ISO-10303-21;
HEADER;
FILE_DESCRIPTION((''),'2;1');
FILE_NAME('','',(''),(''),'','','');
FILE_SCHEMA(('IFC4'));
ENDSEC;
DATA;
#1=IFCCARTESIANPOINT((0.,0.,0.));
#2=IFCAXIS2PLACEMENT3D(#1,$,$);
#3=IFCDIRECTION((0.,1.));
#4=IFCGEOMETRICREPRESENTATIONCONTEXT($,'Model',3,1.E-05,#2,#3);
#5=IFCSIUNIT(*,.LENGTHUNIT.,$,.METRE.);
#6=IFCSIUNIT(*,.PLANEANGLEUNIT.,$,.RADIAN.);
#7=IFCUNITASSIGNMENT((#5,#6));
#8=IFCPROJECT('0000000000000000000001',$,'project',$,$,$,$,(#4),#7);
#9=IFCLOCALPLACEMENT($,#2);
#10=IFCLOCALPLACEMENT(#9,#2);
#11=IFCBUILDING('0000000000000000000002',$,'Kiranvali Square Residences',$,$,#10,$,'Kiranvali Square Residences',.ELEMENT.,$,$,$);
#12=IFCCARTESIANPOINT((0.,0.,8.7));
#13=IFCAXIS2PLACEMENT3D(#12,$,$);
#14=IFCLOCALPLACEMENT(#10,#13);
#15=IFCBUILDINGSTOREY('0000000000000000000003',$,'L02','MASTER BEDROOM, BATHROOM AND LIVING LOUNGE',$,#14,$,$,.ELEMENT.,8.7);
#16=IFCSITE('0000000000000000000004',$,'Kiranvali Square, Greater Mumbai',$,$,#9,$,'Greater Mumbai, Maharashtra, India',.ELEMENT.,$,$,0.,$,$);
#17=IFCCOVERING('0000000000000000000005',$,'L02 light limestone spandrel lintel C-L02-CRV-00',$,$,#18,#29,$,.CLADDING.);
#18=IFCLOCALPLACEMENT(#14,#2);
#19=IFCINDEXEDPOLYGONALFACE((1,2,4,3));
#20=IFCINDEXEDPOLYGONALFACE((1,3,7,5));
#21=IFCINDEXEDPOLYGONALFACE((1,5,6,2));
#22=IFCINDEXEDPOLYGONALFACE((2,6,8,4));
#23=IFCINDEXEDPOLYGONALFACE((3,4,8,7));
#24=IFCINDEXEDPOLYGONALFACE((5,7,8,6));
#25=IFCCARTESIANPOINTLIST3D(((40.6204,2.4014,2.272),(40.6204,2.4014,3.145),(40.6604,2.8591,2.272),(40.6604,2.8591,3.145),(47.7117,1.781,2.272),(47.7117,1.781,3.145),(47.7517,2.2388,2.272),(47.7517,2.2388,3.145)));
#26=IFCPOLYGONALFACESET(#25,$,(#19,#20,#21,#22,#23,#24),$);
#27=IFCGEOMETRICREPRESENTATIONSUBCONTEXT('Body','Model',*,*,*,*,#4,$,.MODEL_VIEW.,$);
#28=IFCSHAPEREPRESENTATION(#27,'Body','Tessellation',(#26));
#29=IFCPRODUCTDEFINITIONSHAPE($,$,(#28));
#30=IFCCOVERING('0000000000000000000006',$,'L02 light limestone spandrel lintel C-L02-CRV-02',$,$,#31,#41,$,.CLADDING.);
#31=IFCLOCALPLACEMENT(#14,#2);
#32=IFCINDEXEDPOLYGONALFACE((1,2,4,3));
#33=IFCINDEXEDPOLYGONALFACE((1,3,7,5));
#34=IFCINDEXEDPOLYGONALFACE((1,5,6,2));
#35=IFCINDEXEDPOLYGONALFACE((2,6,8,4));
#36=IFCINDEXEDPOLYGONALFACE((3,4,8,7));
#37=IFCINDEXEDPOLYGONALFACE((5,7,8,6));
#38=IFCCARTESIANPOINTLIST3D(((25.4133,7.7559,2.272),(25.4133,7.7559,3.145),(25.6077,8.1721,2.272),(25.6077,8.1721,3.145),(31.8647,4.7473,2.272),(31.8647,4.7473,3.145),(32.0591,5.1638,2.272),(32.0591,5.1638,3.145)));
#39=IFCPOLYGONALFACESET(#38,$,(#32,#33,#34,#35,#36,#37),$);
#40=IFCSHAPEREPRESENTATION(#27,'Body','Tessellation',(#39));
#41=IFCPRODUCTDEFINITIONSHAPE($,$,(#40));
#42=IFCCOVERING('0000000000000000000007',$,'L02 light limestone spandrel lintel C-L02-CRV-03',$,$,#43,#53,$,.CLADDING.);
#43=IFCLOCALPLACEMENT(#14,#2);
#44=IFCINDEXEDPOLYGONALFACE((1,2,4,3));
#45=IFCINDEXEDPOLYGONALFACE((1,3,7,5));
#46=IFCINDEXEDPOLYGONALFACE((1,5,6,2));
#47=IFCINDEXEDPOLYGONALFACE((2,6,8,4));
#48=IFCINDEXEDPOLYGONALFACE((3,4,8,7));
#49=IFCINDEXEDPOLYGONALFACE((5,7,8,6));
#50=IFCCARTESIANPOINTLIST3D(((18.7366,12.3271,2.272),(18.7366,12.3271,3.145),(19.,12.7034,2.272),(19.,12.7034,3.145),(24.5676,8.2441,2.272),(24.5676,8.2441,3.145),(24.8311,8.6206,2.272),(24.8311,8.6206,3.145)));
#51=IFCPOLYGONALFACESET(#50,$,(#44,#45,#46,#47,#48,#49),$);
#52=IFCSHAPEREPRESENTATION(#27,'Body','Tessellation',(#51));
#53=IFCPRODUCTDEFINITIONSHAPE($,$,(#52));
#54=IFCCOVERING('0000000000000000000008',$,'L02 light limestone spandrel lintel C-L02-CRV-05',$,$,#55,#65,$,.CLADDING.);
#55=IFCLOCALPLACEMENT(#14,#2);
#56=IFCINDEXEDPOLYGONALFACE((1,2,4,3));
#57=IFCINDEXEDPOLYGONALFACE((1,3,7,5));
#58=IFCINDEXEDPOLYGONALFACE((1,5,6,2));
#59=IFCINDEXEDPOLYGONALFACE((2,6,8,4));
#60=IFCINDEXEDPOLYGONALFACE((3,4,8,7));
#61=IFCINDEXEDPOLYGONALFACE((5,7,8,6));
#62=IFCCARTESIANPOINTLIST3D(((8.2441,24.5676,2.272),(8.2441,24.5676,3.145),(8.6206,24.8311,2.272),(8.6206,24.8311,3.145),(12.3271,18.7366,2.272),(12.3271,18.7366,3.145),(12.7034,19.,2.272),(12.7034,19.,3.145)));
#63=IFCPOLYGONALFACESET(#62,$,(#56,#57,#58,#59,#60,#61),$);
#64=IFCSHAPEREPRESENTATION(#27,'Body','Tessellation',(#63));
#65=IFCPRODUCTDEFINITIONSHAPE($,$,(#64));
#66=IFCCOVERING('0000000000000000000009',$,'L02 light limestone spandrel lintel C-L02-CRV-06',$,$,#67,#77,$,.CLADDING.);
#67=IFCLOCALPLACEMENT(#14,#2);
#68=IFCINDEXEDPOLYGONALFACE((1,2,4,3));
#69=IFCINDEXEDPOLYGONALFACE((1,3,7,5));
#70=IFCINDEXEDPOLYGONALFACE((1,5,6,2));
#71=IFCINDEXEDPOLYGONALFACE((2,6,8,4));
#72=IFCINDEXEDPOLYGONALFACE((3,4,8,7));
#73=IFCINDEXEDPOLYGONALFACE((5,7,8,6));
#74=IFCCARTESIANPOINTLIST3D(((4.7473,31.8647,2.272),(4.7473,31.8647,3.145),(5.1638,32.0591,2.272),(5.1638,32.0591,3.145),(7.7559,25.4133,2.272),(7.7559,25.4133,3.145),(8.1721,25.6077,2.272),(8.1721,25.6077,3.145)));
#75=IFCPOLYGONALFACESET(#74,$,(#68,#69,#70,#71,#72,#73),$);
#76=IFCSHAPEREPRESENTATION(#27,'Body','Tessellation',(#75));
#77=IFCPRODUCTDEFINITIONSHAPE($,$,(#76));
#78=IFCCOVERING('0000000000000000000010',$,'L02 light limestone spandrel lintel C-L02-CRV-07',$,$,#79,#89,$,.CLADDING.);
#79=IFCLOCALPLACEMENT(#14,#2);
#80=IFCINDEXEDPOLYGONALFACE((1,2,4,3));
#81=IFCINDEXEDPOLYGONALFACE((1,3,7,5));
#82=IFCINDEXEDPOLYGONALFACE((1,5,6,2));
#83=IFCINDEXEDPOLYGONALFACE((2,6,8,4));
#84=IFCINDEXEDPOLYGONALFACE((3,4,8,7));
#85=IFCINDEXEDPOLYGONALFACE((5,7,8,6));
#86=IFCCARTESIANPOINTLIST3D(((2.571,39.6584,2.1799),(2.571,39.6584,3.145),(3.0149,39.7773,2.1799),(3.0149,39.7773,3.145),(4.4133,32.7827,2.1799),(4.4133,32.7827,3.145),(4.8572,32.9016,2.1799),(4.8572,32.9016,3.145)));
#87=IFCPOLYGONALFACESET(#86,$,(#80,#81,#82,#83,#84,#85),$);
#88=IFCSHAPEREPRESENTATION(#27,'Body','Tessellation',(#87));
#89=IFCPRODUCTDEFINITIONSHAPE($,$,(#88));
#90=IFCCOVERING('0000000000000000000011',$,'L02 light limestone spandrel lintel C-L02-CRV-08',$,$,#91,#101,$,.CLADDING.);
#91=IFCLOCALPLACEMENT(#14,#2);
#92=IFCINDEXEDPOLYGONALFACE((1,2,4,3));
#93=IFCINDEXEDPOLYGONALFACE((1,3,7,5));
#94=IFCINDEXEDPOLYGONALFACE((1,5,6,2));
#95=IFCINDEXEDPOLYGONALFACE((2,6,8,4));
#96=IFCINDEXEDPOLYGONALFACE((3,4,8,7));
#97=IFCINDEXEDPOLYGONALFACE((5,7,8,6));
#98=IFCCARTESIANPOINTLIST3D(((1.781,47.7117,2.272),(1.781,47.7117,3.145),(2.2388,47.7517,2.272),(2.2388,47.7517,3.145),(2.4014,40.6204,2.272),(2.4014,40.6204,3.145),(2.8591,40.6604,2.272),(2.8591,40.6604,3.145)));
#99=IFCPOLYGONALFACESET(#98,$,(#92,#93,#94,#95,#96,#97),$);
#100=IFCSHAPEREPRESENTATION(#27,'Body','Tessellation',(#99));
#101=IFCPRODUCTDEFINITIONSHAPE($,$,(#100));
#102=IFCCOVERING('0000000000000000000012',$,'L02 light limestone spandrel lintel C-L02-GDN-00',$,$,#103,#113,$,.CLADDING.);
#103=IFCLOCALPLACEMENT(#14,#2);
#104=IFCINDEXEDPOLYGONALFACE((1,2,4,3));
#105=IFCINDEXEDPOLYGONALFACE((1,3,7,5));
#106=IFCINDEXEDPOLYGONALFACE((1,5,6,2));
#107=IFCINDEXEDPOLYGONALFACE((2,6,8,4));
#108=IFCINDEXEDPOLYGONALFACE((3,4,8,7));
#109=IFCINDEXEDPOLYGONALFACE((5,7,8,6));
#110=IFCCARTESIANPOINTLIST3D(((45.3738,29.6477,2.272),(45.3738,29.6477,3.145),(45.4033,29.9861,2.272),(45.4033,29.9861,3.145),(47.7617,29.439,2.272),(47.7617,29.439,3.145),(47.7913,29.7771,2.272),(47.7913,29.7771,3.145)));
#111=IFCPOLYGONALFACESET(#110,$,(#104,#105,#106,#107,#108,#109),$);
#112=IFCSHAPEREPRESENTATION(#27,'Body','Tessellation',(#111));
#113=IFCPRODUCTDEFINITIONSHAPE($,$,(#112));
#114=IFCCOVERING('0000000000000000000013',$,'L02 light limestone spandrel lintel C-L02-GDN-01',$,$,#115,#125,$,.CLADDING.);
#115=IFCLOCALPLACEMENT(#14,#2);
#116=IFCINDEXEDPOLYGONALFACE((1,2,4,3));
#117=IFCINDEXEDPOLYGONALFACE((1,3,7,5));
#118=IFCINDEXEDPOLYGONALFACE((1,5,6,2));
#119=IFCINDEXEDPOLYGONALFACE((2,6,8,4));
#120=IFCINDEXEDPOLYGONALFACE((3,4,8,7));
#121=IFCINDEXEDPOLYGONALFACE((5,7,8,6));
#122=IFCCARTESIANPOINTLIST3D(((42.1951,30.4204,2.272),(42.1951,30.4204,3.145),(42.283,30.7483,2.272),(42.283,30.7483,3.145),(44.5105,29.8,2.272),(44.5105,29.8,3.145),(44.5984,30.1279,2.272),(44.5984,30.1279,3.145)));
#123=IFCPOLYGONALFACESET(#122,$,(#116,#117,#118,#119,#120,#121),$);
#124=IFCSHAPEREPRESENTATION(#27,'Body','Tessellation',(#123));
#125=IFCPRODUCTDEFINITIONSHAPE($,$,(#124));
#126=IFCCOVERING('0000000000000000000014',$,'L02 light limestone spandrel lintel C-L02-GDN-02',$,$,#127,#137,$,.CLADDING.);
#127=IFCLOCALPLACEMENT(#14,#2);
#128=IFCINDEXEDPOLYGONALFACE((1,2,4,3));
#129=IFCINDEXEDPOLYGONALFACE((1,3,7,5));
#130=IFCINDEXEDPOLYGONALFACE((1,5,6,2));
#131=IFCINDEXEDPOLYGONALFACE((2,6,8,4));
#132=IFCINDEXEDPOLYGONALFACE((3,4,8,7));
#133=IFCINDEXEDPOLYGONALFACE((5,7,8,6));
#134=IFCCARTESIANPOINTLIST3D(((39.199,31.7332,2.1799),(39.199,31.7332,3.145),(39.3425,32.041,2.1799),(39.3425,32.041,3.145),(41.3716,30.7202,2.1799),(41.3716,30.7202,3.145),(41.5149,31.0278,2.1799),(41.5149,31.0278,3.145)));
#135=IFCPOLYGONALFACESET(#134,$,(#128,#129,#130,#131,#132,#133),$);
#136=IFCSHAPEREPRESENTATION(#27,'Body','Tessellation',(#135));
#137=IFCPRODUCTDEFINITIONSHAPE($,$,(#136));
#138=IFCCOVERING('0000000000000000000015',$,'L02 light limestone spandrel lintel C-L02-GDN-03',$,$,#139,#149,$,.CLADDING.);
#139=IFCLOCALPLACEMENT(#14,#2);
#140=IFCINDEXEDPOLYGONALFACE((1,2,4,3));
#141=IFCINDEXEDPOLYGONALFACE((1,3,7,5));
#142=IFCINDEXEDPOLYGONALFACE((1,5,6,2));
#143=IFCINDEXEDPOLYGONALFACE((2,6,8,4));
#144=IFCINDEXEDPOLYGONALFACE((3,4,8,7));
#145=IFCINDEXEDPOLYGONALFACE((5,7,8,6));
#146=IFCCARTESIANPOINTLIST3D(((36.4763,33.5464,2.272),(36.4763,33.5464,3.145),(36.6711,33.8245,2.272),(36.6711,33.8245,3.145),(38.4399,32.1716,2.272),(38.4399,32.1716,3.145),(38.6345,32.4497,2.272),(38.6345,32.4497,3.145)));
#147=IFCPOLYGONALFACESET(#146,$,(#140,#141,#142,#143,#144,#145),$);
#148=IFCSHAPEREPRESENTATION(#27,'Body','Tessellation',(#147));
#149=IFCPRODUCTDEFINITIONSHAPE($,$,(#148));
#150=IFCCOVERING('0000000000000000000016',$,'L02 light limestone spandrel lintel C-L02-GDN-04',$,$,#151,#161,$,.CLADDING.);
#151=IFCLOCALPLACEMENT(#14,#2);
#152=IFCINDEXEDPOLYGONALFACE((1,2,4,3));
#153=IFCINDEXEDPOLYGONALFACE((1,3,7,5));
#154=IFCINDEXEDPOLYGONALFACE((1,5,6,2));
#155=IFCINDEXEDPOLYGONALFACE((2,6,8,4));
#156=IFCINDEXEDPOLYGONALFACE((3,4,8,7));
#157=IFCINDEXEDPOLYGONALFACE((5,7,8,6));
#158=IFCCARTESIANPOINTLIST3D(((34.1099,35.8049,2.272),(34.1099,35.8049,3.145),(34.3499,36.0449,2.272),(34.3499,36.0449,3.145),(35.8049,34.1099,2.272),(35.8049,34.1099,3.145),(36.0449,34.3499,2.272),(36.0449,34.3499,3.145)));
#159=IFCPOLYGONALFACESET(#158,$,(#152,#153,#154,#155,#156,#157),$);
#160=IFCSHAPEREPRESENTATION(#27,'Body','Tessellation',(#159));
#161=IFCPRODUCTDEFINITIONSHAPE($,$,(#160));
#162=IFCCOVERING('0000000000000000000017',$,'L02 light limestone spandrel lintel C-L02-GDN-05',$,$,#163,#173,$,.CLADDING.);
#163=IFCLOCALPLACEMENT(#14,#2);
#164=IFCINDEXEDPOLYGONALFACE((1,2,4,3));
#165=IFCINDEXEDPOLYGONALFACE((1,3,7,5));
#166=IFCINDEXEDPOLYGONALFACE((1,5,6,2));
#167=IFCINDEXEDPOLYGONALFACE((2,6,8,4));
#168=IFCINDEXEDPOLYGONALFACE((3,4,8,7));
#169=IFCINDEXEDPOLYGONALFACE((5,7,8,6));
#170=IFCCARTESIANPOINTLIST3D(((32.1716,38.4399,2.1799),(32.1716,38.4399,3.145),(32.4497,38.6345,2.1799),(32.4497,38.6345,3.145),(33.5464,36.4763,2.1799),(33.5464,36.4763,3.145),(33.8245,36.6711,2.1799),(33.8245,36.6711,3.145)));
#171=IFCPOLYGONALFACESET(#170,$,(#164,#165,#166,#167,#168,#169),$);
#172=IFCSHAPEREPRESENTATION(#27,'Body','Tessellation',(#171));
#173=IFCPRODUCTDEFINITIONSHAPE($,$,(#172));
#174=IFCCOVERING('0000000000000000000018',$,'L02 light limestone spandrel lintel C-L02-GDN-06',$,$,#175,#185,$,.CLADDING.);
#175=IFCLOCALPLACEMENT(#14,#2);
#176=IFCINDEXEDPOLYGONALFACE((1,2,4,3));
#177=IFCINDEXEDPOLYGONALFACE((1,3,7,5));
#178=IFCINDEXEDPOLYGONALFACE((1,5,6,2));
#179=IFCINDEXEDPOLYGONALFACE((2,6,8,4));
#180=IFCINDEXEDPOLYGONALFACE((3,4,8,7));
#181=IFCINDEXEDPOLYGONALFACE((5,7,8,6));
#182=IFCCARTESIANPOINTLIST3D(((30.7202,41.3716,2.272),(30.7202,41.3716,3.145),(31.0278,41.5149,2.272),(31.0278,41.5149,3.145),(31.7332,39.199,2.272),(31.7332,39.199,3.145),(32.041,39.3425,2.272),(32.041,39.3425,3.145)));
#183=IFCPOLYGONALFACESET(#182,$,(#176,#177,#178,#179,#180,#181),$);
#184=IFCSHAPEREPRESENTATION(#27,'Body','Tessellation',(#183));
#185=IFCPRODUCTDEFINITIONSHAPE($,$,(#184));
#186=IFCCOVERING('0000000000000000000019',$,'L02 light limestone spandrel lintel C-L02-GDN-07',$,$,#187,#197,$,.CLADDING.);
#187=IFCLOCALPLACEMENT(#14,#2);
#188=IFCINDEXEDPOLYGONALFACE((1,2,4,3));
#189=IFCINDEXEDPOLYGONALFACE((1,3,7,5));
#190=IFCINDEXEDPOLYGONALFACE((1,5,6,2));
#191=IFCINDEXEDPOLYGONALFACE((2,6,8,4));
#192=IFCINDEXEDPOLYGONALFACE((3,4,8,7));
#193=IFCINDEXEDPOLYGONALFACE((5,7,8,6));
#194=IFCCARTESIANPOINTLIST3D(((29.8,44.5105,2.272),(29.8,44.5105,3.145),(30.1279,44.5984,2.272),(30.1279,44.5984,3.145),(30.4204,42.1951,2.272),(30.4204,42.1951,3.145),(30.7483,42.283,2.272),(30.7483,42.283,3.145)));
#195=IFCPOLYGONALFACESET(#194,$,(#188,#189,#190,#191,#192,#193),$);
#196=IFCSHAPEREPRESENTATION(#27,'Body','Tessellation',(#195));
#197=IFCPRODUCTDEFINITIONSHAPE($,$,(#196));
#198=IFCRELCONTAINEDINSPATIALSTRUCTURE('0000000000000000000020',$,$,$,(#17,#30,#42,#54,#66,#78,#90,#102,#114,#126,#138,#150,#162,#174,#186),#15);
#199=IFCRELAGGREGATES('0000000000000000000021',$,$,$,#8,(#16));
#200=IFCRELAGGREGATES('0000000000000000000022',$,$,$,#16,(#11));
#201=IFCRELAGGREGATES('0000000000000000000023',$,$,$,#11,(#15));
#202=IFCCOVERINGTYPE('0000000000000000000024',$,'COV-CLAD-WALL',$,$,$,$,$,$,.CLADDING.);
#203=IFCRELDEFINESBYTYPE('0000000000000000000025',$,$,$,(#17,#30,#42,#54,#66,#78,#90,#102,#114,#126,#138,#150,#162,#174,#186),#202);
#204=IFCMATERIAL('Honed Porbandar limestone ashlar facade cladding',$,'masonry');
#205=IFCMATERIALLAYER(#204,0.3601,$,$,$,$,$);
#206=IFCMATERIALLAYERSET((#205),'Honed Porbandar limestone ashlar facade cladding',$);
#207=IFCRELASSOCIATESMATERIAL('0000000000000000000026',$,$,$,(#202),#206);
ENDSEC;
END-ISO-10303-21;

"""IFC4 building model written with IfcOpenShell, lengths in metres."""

from ifc_helpers import new_model, si_unit, direction, frame, origin, place, context, subcontext, project, spatial, polyline, outline, extrude, material, layer, layer_set, type_object, element, save


model = new_model("IFC4")

# Units and contexts
model_context = context("Model", 3, precision=1e-05, world=origin(), true_north=direction((0.0, 1.0)))
body_context = subcontext(model_context, "Body", "Model", "MODEL_VIEW")
ifc_project = project(units=[si_unit("LENGTHUNIT", "METRE"), si_unit("PLANEANGLEUNIT", "RADIAN")], contexts=[model_context])

# Site, building, storey
site_placement = place(None, origin())
site = spatial("IfcSite", under=ifc_project, at=site_placement, Name="Kiranvali Square, Greater Mumbai", LongName="Greater Mumbai, Maharashtra, India", CompositionType="ELEMENT", RefElevation=0.0)
building_placement = place(site_placement, origin())
building = spatial("IfcBuilding", under=site, at=building_placement, Name="Kiranvali Square Residences", LongName="Kiranvali Square Residences", CompositionType="ELEMENT")
storey_placement = place(building_placement, frame((0.0, 0.0, 8.7)))
storey = spatial("IfcBuildingStorey", under=building, at=storey_placement, Name="L02", Description="MASTER BEDROOM, BATHROOM AND LIVING LOUNGE", CompositionType="ELEMENT", Elevation=8.7)

# Coverings
ifc_material = material(Name="Honed Porbandar limestone ashlar facade cladding", Category="masonry")
ifc_layer = layer(ifc_material, 0.3601)
ifc_layer_set = layer_set([ifc_layer], Name="Honed Porbandar limestone ashlar facade cladding")
covering_type = type_object("IfcCoveringType", Name="COV-CLAD-WALL", PredefinedType="CLADDING", material=ifc_layer_set)
covering_1_placement = place(storey_placement, frame((0.0, 0.0, 2.272)))
element("IfcCovering", 1, at=covering_1_placement, inside=storey, type_object=covering_type, Name="L02 light limestone spandrel lintel C-L02-CRV-00", PredefinedType="CLADDING", context=body_context, shape_type="SweptSolid", body=[
    extrude(outline(polyline([(47.7517, 2.2388), (40.6604, 2.8591), (40.6204, 2.4014), (47.7117, 1.781), (47.7517, 2.2388)])), origin(), (0.0, 0.0, 1.0), 0.873),
])
covering_2_placement = place(storey_placement, frame((0.0, 0.0, 2.272)))
element("IfcCovering", 2, at=covering_2_placement, inside=storey, type_object=covering_type, Name="L02 light limestone spandrel lintel C-L02-CRV-02", PredefinedType="CLADDING", context=body_context, shape_type="SweptSolid", body=[
    extrude(outline(polyline([(32.0591, 5.1638), (25.6077, 8.1721), (25.4133, 7.7559), (31.8647, 4.7473), (32.0591, 5.1638)])), origin(), (0.0, 0.0, 1.0), 0.873),
])
covering_3_placement = place(storey_placement, frame((0.0, 0.0, 2.272)))
element("IfcCovering", 3, at=covering_3_placement, inside=storey, type_object=covering_type, Name="L02 light limestone spandrel lintel C-L02-CRV-03", PredefinedType="CLADDING", context=body_context, shape_type="SweptSolid", body=[
    extrude(outline(polyline([(24.8311, 8.6206), (19.0, 12.7034), (18.7366, 12.3271), (24.5676, 8.2441), (24.8311, 8.6206)])), origin(), (0.0, 0.0, 1.0), 0.873),
])
covering_4_placement = place(storey_placement, frame((0.0, 0.0, 2.272)))
element("IfcCovering", 4, at=covering_4_placement, inside=storey, type_object=covering_type, Name="L02 light limestone spandrel lintel C-L02-CRV-05", PredefinedType="CLADDING", context=body_context, shape_type="SweptSolid", body=[
    extrude(outline(polyline([(12.7034, 19.0), (8.6206, 24.8311), (8.2441, 24.5676), (12.3271, 18.7366), (12.7034, 19.0)])), origin(), (0.0, 0.0, 1.0), 0.873),
])
covering_5_placement = place(storey_placement, frame((0.0, 0.0, 2.272)))
element("IfcCovering", 5, at=covering_5_placement, inside=storey, type_object=covering_type, Name="L02 light limestone spandrel lintel C-L02-CRV-06", PredefinedType="CLADDING", context=body_context, shape_type="SweptSolid", body=[
    extrude(outline(polyline([(8.1721, 25.6077), (5.1638, 32.0591), (4.7473, 31.8647), (7.7559, 25.4133), (8.1721, 25.6077)])), origin(), (0.0, 0.0, 1.0), 0.873),
])
covering_6_placement = place(storey_placement, frame((0.0, 0.0, 2.1799)))
element("IfcCovering", 6, at=covering_6_placement, inside=storey, type_object=covering_type, Name="L02 light limestone spandrel lintel C-L02-CRV-07", PredefinedType="CLADDING", context=body_context, shape_type="SweptSolid", body=[
    extrude(outline(polyline([(4.8572, 32.9016), (3.0149, 39.7773), (2.571, 39.6584), (4.4133, 32.7827), (4.8572, 32.9016)])), origin(), (0.0, 0.0, 1.0), 0.9651),
])
covering_7_placement = place(storey_placement, frame((0.0, 0.0, 2.272)))
element("IfcCovering", 7, at=covering_7_placement, inside=storey, type_object=covering_type, Name="L02 light limestone spandrel lintel C-L02-CRV-08", PredefinedType="CLADDING", context=body_context, shape_type="SweptSolid", body=[
    extrude(outline(polyline([(2.8591, 40.6604), (2.2388, 47.7517), (1.781, 47.7117), (2.4014, 40.6204), (2.8591, 40.6604)])), origin(), (0.0, 0.0, 1.0), 0.873),
])
covering_8_placement = place(storey_placement, frame((0.0, 0.0, 2.272)))
element("IfcCovering", 8, at=covering_8_placement, inside=storey, type_object=covering_type, Name="L02 light limestone spandrel lintel C-L02-GDN-00", PredefinedType="CLADDING", context=body_context, shape_type="SweptSolid", body=[
    extrude(outline(polyline([(47.7913, 29.7771), (45.4033, 29.9861), (45.3738, 29.6477), (47.7617, 29.439), (47.7913, 29.7771)])), origin(), (0.0, 0.0, 1.0), 0.873),
])
covering_9_placement = place(storey_placement, frame((0.0, 0.0, 2.272)))
element("IfcCovering", 9, at=covering_9_placement, inside=storey, type_object=covering_type, Name="L02 light limestone spandrel lintel C-L02-GDN-01", PredefinedType="CLADDING", context=body_context, shape_type="SweptSolid", body=[
    extrude(outline(polyline([(44.5984, 30.1279), (42.283, 30.7483), (42.1951, 30.4204), (44.5105, 29.8), (44.5984, 30.1279)])), origin(), (0.0, 0.0, 1.0), 0.873),
])
covering_10_placement = place(storey_placement, frame((0.0, 0.0, 2.1799)))
element("IfcCovering", 10, at=covering_10_placement, inside=storey, type_object=covering_type, Name="L02 light limestone spandrel lintel C-L02-GDN-02", PredefinedType="CLADDING", context=body_context, shape_type="SweptSolid", body=[
    extrude(outline(polyline([(41.5149, 31.0278), (39.3425, 32.041), (39.199, 31.7332), (41.3716, 30.7202), (41.5149, 31.0278)])), origin(), (0.0, 0.0, 1.0), 0.9651),
])
covering_11_placement = place(storey_placement, frame((0.0, 0.0, 2.272)))
element("IfcCovering", 11, at=covering_11_placement, inside=storey, type_object=covering_type, Name="L02 light limestone spandrel lintel C-L02-GDN-03", PredefinedType="CLADDING", context=body_context, shape_type="SweptSolid", body=[
    extrude(outline(polyline([(38.6345, 32.4497), (36.6711, 33.8245), (36.4763, 33.5464), (38.4399, 32.1716), (38.6345, 32.4497)])), origin(), (0.0, 0.0, 1.0), 0.873),
])
covering_12_placement = place(storey_placement, frame((0.0, 0.0, 2.272)))
element("IfcCovering", 12, at=covering_12_placement, inside=storey, type_object=covering_type, Name="L02 light limestone spandrel lintel C-L02-GDN-04", PredefinedType="CLADDING", context=body_context, shape_type="SweptSolid", body=[
    extrude(outline(polyline([(36.0449, 34.3499), (34.3499, 36.0449), (34.1099, 35.8049), (35.8049, 34.1099), (36.0449, 34.3499)])), origin(), (0.0, 0.0, 1.0), 0.873),
])
covering_13_placement = place(storey_placement, frame((0.0, 0.0, 2.1799)))
element("IfcCovering", 13, at=covering_13_placement, inside=storey, type_object=covering_type, Name="L02 light limestone spandrel lintel C-L02-GDN-05", PredefinedType="CLADDING", context=body_context, shape_type="SweptSolid", body=[
    extrude(outline(polyline([(33.8245, 36.6711), (32.4497, 38.6345), (32.1716, 38.4399), (33.5464, 36.4763), (33.8245, 36.6711)])), origin(), (0.0, 0.0, 1.0), 0.9651),
])
covering_14_placement = place(storey_placement, frame((0.0, 0.0, 2.272)))
element("IfcCovering", 14, at=covering_14_placement, inside=storey, type_object=covering_type, Name="L02 light limestone spandrel lintel C-L02-GDN-06", PredefinedType="CLADDING", context=body_context, shape_type="SweptSolid", body=[
    extrude(outline(polyline([(32.041, 39.3425), (31.0278, 41.5149), (30.7202, 41.3716), (31.7332, 39.199), (32.041, 39.3425)])), origin(), (0.0, 0.0, 1.0), 0.873),
])
covering_15_placement = place(storey_placement, frame((0.0, 0.0, 2.272)))
element("IfcCovering", 15, at=covering_15_placement, inside=storey, type_object=covering_type, Name="L02 light limestone spandrel lintel C-L02-GDN-07", PredefinedType="CLADDING", context=body_context, shape_type="SweptSolid", body=[
    extrude(outline(polyline([(30.7483, 42.283), (30.1279, 44.5984), (29.8, 44.5105), (30.4204, 42.1951), (30.7483, 42.283)])), origin(), (0.0, 0.0, 1.0), 0.873),
])

save(model, "model.ifc")
